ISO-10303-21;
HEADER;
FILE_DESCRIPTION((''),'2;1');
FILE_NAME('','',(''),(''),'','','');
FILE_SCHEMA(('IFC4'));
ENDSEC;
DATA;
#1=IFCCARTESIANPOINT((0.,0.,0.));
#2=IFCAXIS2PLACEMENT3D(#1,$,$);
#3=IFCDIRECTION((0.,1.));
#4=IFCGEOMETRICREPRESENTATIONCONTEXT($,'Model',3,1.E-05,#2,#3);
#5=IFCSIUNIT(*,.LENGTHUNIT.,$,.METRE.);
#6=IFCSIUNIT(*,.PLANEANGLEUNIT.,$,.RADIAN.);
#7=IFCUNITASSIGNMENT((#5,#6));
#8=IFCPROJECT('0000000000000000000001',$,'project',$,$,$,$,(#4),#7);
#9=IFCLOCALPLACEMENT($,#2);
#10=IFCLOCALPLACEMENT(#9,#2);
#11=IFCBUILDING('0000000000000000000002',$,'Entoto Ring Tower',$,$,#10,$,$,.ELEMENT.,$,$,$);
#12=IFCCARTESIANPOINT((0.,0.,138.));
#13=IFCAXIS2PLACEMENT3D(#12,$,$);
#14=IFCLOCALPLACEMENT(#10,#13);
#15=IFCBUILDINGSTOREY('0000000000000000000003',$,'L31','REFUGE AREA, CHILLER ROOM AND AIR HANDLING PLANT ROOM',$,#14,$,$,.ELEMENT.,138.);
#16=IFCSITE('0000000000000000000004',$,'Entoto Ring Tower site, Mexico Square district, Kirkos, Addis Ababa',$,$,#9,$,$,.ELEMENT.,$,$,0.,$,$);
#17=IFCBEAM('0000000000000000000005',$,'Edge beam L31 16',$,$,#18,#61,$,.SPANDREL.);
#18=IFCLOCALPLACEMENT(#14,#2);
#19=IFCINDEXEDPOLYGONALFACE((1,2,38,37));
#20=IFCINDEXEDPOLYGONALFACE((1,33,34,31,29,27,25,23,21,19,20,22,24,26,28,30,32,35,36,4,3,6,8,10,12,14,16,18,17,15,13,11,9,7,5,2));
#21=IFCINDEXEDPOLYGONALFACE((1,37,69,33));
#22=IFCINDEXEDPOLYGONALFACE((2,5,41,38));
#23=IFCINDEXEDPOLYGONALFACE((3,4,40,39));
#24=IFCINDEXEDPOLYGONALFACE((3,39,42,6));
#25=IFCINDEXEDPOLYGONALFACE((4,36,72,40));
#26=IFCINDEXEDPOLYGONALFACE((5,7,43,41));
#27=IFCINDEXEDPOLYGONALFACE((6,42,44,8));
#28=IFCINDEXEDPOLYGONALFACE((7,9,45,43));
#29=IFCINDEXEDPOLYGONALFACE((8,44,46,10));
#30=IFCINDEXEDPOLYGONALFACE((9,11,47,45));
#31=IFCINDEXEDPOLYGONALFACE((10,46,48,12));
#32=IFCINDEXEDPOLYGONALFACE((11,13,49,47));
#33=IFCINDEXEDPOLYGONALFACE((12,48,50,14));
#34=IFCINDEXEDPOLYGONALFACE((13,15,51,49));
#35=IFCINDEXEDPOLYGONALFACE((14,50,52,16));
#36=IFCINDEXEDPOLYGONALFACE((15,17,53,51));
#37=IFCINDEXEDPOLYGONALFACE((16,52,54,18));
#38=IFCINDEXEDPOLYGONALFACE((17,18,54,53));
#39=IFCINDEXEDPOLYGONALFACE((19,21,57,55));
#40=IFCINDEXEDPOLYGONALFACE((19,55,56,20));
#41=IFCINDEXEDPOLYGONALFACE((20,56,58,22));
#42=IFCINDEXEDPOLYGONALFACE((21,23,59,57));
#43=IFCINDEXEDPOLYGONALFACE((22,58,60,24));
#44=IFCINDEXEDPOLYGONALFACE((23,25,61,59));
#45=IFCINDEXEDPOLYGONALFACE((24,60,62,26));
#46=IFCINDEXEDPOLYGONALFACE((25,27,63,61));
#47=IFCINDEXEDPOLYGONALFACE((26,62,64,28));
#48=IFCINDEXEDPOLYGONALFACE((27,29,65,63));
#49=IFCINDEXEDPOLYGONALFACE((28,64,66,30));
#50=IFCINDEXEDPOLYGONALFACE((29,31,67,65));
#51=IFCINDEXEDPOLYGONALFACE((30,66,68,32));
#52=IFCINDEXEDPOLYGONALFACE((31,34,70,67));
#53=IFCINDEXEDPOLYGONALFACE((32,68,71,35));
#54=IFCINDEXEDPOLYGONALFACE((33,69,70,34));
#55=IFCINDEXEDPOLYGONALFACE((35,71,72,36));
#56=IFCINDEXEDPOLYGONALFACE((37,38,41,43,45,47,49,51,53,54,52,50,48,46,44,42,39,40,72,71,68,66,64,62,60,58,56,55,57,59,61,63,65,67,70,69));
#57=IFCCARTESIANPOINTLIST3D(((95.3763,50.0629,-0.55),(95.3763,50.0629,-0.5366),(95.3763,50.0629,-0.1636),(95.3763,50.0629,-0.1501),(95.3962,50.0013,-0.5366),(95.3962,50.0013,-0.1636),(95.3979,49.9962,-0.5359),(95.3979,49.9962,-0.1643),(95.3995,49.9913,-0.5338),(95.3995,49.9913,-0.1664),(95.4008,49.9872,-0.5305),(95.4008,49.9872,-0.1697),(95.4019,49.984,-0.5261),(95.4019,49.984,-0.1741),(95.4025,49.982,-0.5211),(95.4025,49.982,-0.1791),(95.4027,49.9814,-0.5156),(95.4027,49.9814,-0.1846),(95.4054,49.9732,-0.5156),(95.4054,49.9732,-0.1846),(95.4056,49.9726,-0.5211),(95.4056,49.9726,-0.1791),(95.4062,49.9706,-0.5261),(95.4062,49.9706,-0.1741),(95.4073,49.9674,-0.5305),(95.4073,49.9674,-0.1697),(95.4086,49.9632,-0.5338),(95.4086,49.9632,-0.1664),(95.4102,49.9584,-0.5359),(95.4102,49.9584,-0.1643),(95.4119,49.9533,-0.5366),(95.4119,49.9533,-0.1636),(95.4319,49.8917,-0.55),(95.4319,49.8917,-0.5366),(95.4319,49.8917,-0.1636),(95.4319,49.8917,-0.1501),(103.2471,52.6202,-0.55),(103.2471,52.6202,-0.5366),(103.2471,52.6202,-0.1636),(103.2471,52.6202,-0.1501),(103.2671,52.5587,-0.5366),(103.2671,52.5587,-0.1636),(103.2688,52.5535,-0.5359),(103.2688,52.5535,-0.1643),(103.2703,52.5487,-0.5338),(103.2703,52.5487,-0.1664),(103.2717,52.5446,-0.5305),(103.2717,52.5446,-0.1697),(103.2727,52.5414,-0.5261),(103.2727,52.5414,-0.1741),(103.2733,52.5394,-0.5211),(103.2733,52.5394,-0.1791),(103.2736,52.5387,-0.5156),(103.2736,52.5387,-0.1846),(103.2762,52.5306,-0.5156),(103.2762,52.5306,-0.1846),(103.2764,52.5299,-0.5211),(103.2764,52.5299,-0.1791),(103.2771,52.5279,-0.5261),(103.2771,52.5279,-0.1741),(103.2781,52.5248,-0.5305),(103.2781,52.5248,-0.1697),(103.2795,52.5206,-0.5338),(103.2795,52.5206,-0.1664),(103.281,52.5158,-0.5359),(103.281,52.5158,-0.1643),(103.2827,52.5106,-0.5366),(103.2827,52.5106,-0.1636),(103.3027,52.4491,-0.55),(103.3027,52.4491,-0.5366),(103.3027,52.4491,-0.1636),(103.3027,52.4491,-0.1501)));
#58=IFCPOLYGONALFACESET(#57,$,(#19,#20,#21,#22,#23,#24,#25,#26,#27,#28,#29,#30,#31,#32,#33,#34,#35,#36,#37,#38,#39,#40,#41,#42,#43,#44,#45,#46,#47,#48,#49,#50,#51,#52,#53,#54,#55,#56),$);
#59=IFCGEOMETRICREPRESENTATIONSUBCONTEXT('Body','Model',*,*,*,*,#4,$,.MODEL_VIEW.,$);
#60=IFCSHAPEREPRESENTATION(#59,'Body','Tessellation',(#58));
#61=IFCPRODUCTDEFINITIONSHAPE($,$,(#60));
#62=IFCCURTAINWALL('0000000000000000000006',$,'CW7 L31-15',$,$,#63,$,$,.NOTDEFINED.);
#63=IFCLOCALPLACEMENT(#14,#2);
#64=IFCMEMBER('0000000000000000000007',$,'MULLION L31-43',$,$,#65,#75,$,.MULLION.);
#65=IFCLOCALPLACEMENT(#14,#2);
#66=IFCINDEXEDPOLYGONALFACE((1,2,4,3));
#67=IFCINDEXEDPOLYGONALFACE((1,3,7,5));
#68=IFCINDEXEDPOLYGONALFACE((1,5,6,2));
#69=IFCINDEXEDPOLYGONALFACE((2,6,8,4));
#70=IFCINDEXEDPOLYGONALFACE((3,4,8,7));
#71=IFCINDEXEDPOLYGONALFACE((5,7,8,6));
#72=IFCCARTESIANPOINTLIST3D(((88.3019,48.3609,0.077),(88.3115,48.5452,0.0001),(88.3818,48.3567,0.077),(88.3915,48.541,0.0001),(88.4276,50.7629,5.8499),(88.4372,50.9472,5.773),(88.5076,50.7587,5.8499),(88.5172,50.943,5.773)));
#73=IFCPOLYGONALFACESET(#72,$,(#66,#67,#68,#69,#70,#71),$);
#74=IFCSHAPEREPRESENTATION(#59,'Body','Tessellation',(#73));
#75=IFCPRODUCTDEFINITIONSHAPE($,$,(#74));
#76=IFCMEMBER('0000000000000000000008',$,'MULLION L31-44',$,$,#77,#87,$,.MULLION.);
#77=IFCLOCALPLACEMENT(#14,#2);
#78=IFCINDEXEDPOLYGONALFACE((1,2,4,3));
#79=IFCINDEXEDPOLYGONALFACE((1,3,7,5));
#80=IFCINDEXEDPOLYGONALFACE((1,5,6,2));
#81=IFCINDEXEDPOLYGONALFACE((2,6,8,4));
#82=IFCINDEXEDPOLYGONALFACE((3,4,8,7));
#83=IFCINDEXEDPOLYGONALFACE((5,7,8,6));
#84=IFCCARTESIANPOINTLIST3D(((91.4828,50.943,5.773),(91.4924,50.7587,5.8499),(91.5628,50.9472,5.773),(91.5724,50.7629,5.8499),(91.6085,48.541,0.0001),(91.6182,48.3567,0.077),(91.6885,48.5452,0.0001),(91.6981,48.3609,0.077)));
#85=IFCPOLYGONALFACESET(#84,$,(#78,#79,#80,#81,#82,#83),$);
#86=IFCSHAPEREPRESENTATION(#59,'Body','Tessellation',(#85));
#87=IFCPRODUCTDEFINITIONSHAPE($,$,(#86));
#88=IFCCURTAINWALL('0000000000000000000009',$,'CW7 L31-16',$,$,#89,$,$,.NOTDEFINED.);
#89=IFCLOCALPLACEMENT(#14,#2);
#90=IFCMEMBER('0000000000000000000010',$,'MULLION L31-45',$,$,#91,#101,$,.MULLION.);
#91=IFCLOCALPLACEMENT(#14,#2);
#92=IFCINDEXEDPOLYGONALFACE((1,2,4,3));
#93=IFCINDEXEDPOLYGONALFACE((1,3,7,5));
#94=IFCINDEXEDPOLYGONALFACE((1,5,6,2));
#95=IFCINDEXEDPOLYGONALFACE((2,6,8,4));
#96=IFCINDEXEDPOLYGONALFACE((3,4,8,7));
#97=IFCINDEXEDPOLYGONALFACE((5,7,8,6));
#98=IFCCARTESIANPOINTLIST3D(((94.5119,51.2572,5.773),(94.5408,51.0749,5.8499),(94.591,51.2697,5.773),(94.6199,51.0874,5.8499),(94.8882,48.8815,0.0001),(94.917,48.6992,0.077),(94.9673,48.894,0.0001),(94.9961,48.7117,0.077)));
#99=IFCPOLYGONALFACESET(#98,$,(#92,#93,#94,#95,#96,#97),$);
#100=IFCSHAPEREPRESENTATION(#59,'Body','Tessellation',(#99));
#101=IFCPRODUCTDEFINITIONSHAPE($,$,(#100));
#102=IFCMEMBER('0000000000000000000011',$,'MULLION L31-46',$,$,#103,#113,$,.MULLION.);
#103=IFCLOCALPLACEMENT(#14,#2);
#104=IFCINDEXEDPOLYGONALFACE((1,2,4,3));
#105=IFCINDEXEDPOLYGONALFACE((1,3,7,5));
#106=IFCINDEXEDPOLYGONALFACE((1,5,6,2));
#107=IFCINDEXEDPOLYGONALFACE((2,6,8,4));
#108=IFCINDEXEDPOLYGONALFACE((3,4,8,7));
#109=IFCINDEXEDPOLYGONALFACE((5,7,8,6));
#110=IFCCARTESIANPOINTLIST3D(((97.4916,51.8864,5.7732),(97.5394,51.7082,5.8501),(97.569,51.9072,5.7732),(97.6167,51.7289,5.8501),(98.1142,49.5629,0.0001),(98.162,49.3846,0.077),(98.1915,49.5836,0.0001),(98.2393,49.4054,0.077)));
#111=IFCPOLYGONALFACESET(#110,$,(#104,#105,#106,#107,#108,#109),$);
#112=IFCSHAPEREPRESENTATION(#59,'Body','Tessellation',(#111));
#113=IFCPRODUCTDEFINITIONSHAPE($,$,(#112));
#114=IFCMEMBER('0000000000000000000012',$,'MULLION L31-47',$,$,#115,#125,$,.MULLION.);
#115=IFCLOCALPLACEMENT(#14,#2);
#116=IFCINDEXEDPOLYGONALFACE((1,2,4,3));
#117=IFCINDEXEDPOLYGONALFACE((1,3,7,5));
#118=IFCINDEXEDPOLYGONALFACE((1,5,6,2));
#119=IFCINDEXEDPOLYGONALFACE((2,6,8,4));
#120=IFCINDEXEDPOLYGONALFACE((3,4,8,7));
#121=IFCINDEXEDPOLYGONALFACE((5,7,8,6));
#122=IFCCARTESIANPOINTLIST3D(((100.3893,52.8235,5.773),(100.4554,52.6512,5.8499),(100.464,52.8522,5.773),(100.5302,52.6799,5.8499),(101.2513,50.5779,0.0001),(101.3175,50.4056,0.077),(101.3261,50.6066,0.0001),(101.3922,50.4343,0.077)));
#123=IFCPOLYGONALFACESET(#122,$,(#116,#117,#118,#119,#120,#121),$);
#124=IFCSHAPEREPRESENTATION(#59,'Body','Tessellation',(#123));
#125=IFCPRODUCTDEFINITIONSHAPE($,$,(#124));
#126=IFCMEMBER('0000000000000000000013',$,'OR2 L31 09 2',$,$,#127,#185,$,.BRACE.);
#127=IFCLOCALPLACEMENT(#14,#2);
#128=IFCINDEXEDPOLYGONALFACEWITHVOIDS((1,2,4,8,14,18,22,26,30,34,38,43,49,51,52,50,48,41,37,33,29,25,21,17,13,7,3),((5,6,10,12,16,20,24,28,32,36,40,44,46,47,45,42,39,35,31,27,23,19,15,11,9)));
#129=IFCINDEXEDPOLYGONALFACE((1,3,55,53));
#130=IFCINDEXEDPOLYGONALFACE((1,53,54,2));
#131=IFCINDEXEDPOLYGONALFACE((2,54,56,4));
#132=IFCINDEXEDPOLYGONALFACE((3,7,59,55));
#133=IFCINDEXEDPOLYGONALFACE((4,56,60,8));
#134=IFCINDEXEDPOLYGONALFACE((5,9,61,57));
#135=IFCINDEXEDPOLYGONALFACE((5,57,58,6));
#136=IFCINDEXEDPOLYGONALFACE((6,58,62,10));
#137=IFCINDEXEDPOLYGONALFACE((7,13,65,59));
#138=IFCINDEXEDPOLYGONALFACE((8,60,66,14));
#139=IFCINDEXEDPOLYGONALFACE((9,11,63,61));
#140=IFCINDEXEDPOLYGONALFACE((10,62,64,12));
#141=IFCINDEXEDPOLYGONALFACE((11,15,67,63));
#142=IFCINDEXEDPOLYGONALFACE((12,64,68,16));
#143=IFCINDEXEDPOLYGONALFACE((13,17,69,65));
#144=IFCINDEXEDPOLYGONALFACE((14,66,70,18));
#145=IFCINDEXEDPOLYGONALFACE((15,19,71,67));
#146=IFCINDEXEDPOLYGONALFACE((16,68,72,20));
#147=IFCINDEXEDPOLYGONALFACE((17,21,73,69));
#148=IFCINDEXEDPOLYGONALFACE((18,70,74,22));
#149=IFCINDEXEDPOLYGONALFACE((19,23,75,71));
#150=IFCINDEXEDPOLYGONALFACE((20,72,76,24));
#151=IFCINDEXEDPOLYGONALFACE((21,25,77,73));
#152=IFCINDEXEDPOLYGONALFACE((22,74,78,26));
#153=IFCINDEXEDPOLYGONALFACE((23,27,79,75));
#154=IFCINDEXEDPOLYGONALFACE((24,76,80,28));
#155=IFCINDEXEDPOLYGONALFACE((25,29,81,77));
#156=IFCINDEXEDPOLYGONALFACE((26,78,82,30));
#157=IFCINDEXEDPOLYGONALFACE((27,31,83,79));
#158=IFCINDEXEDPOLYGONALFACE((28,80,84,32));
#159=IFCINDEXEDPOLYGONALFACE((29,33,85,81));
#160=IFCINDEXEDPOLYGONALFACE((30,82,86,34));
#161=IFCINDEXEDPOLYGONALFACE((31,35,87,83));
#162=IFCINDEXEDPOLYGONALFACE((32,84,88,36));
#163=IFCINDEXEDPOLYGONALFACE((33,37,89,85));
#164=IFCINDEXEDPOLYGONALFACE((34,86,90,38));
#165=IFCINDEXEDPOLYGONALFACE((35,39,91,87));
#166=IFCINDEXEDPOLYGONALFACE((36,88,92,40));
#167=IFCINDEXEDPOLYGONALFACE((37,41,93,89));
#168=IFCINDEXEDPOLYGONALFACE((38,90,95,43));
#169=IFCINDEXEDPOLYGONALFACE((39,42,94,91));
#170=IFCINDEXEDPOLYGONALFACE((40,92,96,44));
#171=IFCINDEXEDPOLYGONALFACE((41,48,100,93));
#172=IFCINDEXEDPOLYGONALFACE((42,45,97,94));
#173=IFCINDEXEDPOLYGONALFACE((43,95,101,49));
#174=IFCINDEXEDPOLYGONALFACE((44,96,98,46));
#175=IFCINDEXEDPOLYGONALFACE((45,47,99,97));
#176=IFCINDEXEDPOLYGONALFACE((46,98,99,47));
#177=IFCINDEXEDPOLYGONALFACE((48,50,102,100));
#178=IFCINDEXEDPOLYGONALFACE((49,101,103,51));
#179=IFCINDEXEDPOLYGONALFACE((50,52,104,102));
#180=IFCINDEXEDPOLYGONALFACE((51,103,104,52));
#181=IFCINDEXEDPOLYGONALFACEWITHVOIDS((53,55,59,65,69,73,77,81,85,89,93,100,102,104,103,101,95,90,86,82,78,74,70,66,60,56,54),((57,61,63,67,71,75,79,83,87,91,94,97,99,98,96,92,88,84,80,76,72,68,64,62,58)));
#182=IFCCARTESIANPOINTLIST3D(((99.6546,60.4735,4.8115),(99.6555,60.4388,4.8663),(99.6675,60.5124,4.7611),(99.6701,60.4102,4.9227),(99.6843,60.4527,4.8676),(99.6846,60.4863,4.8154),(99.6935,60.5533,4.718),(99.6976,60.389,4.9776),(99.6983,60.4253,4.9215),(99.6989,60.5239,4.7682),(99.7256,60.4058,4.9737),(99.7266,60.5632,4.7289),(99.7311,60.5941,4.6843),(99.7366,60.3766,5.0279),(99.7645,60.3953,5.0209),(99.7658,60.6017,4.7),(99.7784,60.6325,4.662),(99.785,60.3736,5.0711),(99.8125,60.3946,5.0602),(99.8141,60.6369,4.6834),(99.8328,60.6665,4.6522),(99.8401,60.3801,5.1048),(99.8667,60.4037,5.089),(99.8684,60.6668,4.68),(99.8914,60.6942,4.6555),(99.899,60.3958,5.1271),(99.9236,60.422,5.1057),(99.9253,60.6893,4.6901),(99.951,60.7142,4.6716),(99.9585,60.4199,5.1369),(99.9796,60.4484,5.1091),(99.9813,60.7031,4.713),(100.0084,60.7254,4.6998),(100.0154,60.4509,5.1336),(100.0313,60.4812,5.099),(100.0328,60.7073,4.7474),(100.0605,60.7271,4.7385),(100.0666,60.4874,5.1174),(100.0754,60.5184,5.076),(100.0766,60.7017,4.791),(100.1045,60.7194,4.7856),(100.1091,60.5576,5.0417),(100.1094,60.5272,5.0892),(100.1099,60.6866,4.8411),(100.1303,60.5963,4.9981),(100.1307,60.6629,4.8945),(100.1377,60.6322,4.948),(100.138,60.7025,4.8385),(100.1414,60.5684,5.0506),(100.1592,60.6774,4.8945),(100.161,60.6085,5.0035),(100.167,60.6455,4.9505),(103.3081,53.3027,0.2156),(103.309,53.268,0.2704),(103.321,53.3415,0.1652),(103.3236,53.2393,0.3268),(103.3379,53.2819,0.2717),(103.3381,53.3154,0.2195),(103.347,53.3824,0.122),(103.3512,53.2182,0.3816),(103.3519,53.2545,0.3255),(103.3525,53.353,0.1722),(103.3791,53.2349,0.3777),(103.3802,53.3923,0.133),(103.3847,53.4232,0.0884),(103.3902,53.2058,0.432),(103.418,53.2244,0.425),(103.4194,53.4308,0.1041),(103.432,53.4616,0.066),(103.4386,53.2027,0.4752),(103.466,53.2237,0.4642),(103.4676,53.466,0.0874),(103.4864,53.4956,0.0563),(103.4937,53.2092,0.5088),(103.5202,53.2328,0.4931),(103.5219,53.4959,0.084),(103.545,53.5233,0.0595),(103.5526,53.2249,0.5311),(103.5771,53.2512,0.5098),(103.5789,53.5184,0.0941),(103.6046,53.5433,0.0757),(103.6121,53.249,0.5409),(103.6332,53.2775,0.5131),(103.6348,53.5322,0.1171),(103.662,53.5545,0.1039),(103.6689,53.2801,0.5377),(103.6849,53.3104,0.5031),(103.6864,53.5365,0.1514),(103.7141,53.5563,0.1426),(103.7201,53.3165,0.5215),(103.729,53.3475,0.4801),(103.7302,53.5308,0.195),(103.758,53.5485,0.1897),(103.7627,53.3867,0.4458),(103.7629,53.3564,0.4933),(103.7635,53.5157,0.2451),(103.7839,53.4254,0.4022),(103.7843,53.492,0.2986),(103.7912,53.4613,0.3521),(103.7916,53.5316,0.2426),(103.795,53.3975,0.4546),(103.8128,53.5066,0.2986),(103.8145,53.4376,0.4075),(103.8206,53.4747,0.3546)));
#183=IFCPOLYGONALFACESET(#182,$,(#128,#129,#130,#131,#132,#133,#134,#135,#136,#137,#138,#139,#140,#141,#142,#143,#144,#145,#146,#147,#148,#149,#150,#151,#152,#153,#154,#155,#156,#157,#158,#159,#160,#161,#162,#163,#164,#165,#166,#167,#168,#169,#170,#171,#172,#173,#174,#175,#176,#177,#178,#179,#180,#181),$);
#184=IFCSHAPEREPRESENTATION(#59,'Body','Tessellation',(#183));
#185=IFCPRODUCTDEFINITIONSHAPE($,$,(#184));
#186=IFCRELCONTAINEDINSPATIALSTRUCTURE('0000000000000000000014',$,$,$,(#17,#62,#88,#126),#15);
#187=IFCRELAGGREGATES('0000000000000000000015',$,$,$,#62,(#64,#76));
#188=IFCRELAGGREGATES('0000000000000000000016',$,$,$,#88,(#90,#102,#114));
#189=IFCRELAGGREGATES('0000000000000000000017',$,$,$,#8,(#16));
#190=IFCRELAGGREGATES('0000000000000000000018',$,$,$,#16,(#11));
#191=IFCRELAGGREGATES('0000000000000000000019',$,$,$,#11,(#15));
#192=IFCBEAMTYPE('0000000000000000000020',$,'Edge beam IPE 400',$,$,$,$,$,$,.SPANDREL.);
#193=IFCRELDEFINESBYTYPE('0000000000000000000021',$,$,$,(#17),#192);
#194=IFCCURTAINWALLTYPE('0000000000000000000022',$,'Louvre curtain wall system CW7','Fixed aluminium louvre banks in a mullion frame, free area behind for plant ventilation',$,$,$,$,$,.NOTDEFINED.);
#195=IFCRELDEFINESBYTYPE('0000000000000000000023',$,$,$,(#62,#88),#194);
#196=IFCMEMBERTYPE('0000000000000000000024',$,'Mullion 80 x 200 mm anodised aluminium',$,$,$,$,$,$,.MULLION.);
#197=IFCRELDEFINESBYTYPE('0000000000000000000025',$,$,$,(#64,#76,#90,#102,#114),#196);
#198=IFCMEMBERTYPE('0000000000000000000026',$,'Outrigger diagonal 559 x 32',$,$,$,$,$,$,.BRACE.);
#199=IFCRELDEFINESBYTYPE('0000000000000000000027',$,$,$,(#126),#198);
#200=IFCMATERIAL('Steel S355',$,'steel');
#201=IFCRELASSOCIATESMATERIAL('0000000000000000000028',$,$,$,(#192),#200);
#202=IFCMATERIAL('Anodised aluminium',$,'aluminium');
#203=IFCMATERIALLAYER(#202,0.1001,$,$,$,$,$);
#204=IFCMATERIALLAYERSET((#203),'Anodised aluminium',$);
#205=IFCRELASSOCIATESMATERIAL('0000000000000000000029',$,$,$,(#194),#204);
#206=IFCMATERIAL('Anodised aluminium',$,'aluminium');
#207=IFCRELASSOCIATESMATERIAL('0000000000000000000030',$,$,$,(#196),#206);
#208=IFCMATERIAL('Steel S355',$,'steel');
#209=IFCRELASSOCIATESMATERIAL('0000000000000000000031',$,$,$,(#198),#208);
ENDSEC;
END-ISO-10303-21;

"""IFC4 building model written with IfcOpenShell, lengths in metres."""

from ifc_helpers import new_model, si_unit, direction, frame, origin, origin_2d, place, context, subcontext, project, spatial, rectangle, circle, hollow_circle, i_section, extrude, material, layer, layer_set, material_profile, profile_set, type_object, element, aggregate, save


model = new_model("IFC4")

# Units and contexts
model_context = context("Model", 3, precision=1e-05, world=origin(), true_north=direction((0.0, 1.0)))
body_context = subcontext(model_context, "Body", "Model", "MODEL_VIEW")
ifc_project = project(units=[si_unit("LENGTHUNIT", "METRE"), si_unit("PLANEANGLEUNIT", "RADIAN")], contexts=[model_context])

# Site, building, storey
site_placement = place(None, origin())
site = spatial("IfcSite", under=ifc_project, at=site_placement, Name="Entoto Ring Tower site, Mexico Square district, Kirkos, Addis Ababa", CompositionType="ELEMENT", RefElevation=0.0)
building_placement = place(site_placement, origin())
building = spatial("IfcBuilding", under=site, at=building_placement, Name="Entoto Ring Tower", CompositionType="ELEMENT")
storey_placement = place(building_placement, frame((0.0, 0.0, 138.0)))
storey = spatial("IfcBuildingStorey", under=building, at=storey_placement, Name="L31", Description="REFUGE AREA, CHILLER ROOM AND AIR HANDLING PLANT ROOM", CompositionType="ELEMENT", Elevation=138.0)

# Beam
ifc_material_1 = material(Name="Steel S355", Category="steel")
ifc_material_profile_1 = material_profile(ifc_material_1, i_section(OverallWidth=0.1799, OverallDepth=0.3999, WebThickness=0.0085, FlangeThickness=0.0134, FilletRadius=0.021, at=origin_2d()), Name="IPE 400")
ifc_profile_set_1 = profile_set([ifc_material_profile_1], Name="Steel S355")
beam_type_1 = type_object("IfcBeamType", Name="Edge beam IPE 400", PredefinedType="SPANDREL", material=ifc_profile_set_1)
beam_1_placement = place(storey_placement, frame((95.4041, 49.9773, -0.3501), z_axis=(0.951057, 0.309015, 0.0), x_axis=(-0.309015, 0.951057, 0.0)))
element("IfcBeam", 1, at=beam_1_placement, inside=storey, type_object=beam_type_1, Name="Edge beam L31 16", PredefinedType="SPANDREL", context=body_context, shape_type="SweptSolid", body=[
    extrude(i_section(OverallWidth=0.1799, OverallDepth=0.3999, WebThickness=0.0085, FlangeThickness=0.0134, FilletRadius=0.021, at=origin_2d()), origin(), (0.0, 0.0, 1.0), 8.2759),
])

# Curtain walls, members
ifc_material_2 = material(Name="Anodised aluminium", Category="aluminium")
ifc_layer_1 = layer(ifc_material_2, 0.1001)
ifc_layer_set_1 = layer_set([ifc_layer_1], Name="Anodised aluminium")
curtain_wall_type = type_object("IfcCurtainWallType", Name="Louvre curtain wall system CW7", Description="Fixed aluminium louvre banks in a mullion frame, free area behind for plant ventilation", PredefinedType="NOTDEFINED", material=ifc_layer_set_1)
curtain_wall_1_placement = place(storey_placement, origin())
curtain_wall_1 = element("IfcCurtainWall", 2, at=curtain_wall_1_placement, inside=storey, type_object=curtain_wall_type, Name="CW7 L31-15", PredefinedType="NOTDEFINED")
ifc_material_3 = material(Name="Anodised aluminium", Category="aluminium")
ifc_material_profile_2 = material_profile(ifc_material_3, rectangle(XDim=0.0801, YDim=0.2, at=origin_2d()), Name="Mullion 80 x 200 mm anodised aluminium")
ifc_profile_set_2 = profile_set([ifc_material_profile_2], Name="Anodised aluminium")
member_type_1 = type_object("IfcMemberType", Name="Mullion 80 x 200 mm anodised aluminium", PredefinedType="MULLION", material=ifc_profile_set_2)
member_1_placement = place(storey_placement, frame((88.3467, 48.4509, 0.0386), z_axis=(0.020104, 0.384089, 0.923077), x_axis=(-0.998633, 0.052271, 0.0)))
member_1 = element("IfcMember", 3, at=member_1_placement, type_object=member_type_1, Name="MULLION L31-43", PredefinedType="MULLION", context=body_context, shape_type="SweptSolid", body=[
    extrude(rectangle(XDim=0.0801, YDim=0.2, at=origin_2d()), origin(), (0.0, 0.0, 1.0), 6.2539),
])
member_2_placement = place(storey_placement, frame((91.6533, 48.4509, 0.0386), z_axis=(-0.020104, 0.384089, 0.923077), x_axis=(-0.998633, -0.052271, 0.0)))
member_2 = element("IfcMember", 4, at=member_2_placement, type_object=member_type_1, Name="MULLION L31-44", PredefinedType="MULLION", context=body_context, shape_type="SweptSolid", body=[
    extrude(rectangle(XDim=0.0801, YDim=0.2, at=origin_2d()), origin(), (0.0, 0.0, 1.0), 6.2539),
])
aggregate(curtain_wall_1, [member_1, member_2])
curtain_wall_2_placement = place(storey_placement, origin())
curtain_wall_2 = element("IfcCurtainWall", 5, at=curtain_wall_2_placement, inside=storey, type_object=curtain_wall_type, Name="CW7 L31-16", PredefinedType="NOTDEFINED")
member_3_placement = place(storey_placement, frame((94.9421, 48.7966, 0.0386), z_axis=(-0.060157, 0.379874, 0.92308), x_axis=(-0.987692, -0.156411, 0.0)))
member_3 = element("IfcMember", 6, at=member_3_placement, type_object=member_type_1, Name="MULLION L31-45", PredefinedType="MULLION", context=body_context, shape_type="SweptSolid", body=[
    extrude(rectangle(XDim=0.0801, YDim=0.2, at=origin_2d()), origin(), (0.0, 0.0, 1.0), 6.2539),
])
member_4_placement = place(storey_placement, frame((98.1768, 49.4841, 0.0386), z_axis=(-0.099545, 0.371517, 0.923074), x_axis=(-0.965928, -0.258812, 0.0)))
member_4 = element("IfcMember", 7, at=member_4_placement, type_object=member_type_1, Name="MULLION L31-46", PredefinedType="MULLION", context=body_context, shape_type="SweptSolid", body=[
    extrude(rectangle(XDim=0.0801, YDim=0.2, at=origin_2d()), origin(), (0.0, 0.0, 1.0), 6.2542),
])
member_5_placement = place(storey_placement, frame((101.3218, 50.5061, 0.0386), z_axis=(-0.137841, 0.359066, 0.923077), x_axis=(-0.933573, -0.358387, 0.0)))
member_5 = element("IfcMember", 8, at=member_5_placement, type_object=member_type_1, Name="MULLION L31-47", PredefinedType="MULLION", context=body_context, shape_type="SweptSolid", body=[
    extrude(rectangle(XDim=0.0801, YDim=0.2, at=origin_2d()), origin(), (0.0, 0.0, 1.0), 6.2539),
])
aggregate(curtain_wall_2, [member_3, member_4, member_5])

# Member
ifc_material_4 = material(Name="Steel S355", Category="steel")
ifc_material_profile_3 = material_profile(ifc_material_4, hollow_circle(Radius=0.2795, WallThickness=0.032, at=origin_2d()), Name="CHS 559 x 32")
ifc_material_5 = material(Name="Concrete C60/75", Category="concrete")
ifc_material_profile_4 = material_profile(ifc_material_5, circle(Radius=0.2476, at=origin_2d()), Name="Concrete C60/75 infill")
ifc_profile_set_3 = profile_set([ifc_material_profile_3, ifc_material_profile_4], Name="Steel S355")
member_type_2 = type_object("IfcMemberType", Name="Outrigger diagonal 559 x 32", PredefinedType="BRACE", material=ifc_profile_set_3)
member_6_placement = place(storey_placement, frame((99.9102, 60.5505, 4.8945), z_axis=(0.394219, -0.773739, -0.495902), x_axis=(0.891016, 0.453972, 0.0)))
element("IfcMember", 9, at=member_6_placement, inside=storey, type_object=member_type_2, Name="OR2 L31 09 2", PredefinedType="BRACE", context=body_context, shape_type="SweptSolid", body=[
    extrude(hollow_circle(Radius=0.2795, WallThickness=0.032, at=origin_2d()), origin(), (0.0, 0.0, 1.0), 9.2678),
])

save(model, "model.ifc")
